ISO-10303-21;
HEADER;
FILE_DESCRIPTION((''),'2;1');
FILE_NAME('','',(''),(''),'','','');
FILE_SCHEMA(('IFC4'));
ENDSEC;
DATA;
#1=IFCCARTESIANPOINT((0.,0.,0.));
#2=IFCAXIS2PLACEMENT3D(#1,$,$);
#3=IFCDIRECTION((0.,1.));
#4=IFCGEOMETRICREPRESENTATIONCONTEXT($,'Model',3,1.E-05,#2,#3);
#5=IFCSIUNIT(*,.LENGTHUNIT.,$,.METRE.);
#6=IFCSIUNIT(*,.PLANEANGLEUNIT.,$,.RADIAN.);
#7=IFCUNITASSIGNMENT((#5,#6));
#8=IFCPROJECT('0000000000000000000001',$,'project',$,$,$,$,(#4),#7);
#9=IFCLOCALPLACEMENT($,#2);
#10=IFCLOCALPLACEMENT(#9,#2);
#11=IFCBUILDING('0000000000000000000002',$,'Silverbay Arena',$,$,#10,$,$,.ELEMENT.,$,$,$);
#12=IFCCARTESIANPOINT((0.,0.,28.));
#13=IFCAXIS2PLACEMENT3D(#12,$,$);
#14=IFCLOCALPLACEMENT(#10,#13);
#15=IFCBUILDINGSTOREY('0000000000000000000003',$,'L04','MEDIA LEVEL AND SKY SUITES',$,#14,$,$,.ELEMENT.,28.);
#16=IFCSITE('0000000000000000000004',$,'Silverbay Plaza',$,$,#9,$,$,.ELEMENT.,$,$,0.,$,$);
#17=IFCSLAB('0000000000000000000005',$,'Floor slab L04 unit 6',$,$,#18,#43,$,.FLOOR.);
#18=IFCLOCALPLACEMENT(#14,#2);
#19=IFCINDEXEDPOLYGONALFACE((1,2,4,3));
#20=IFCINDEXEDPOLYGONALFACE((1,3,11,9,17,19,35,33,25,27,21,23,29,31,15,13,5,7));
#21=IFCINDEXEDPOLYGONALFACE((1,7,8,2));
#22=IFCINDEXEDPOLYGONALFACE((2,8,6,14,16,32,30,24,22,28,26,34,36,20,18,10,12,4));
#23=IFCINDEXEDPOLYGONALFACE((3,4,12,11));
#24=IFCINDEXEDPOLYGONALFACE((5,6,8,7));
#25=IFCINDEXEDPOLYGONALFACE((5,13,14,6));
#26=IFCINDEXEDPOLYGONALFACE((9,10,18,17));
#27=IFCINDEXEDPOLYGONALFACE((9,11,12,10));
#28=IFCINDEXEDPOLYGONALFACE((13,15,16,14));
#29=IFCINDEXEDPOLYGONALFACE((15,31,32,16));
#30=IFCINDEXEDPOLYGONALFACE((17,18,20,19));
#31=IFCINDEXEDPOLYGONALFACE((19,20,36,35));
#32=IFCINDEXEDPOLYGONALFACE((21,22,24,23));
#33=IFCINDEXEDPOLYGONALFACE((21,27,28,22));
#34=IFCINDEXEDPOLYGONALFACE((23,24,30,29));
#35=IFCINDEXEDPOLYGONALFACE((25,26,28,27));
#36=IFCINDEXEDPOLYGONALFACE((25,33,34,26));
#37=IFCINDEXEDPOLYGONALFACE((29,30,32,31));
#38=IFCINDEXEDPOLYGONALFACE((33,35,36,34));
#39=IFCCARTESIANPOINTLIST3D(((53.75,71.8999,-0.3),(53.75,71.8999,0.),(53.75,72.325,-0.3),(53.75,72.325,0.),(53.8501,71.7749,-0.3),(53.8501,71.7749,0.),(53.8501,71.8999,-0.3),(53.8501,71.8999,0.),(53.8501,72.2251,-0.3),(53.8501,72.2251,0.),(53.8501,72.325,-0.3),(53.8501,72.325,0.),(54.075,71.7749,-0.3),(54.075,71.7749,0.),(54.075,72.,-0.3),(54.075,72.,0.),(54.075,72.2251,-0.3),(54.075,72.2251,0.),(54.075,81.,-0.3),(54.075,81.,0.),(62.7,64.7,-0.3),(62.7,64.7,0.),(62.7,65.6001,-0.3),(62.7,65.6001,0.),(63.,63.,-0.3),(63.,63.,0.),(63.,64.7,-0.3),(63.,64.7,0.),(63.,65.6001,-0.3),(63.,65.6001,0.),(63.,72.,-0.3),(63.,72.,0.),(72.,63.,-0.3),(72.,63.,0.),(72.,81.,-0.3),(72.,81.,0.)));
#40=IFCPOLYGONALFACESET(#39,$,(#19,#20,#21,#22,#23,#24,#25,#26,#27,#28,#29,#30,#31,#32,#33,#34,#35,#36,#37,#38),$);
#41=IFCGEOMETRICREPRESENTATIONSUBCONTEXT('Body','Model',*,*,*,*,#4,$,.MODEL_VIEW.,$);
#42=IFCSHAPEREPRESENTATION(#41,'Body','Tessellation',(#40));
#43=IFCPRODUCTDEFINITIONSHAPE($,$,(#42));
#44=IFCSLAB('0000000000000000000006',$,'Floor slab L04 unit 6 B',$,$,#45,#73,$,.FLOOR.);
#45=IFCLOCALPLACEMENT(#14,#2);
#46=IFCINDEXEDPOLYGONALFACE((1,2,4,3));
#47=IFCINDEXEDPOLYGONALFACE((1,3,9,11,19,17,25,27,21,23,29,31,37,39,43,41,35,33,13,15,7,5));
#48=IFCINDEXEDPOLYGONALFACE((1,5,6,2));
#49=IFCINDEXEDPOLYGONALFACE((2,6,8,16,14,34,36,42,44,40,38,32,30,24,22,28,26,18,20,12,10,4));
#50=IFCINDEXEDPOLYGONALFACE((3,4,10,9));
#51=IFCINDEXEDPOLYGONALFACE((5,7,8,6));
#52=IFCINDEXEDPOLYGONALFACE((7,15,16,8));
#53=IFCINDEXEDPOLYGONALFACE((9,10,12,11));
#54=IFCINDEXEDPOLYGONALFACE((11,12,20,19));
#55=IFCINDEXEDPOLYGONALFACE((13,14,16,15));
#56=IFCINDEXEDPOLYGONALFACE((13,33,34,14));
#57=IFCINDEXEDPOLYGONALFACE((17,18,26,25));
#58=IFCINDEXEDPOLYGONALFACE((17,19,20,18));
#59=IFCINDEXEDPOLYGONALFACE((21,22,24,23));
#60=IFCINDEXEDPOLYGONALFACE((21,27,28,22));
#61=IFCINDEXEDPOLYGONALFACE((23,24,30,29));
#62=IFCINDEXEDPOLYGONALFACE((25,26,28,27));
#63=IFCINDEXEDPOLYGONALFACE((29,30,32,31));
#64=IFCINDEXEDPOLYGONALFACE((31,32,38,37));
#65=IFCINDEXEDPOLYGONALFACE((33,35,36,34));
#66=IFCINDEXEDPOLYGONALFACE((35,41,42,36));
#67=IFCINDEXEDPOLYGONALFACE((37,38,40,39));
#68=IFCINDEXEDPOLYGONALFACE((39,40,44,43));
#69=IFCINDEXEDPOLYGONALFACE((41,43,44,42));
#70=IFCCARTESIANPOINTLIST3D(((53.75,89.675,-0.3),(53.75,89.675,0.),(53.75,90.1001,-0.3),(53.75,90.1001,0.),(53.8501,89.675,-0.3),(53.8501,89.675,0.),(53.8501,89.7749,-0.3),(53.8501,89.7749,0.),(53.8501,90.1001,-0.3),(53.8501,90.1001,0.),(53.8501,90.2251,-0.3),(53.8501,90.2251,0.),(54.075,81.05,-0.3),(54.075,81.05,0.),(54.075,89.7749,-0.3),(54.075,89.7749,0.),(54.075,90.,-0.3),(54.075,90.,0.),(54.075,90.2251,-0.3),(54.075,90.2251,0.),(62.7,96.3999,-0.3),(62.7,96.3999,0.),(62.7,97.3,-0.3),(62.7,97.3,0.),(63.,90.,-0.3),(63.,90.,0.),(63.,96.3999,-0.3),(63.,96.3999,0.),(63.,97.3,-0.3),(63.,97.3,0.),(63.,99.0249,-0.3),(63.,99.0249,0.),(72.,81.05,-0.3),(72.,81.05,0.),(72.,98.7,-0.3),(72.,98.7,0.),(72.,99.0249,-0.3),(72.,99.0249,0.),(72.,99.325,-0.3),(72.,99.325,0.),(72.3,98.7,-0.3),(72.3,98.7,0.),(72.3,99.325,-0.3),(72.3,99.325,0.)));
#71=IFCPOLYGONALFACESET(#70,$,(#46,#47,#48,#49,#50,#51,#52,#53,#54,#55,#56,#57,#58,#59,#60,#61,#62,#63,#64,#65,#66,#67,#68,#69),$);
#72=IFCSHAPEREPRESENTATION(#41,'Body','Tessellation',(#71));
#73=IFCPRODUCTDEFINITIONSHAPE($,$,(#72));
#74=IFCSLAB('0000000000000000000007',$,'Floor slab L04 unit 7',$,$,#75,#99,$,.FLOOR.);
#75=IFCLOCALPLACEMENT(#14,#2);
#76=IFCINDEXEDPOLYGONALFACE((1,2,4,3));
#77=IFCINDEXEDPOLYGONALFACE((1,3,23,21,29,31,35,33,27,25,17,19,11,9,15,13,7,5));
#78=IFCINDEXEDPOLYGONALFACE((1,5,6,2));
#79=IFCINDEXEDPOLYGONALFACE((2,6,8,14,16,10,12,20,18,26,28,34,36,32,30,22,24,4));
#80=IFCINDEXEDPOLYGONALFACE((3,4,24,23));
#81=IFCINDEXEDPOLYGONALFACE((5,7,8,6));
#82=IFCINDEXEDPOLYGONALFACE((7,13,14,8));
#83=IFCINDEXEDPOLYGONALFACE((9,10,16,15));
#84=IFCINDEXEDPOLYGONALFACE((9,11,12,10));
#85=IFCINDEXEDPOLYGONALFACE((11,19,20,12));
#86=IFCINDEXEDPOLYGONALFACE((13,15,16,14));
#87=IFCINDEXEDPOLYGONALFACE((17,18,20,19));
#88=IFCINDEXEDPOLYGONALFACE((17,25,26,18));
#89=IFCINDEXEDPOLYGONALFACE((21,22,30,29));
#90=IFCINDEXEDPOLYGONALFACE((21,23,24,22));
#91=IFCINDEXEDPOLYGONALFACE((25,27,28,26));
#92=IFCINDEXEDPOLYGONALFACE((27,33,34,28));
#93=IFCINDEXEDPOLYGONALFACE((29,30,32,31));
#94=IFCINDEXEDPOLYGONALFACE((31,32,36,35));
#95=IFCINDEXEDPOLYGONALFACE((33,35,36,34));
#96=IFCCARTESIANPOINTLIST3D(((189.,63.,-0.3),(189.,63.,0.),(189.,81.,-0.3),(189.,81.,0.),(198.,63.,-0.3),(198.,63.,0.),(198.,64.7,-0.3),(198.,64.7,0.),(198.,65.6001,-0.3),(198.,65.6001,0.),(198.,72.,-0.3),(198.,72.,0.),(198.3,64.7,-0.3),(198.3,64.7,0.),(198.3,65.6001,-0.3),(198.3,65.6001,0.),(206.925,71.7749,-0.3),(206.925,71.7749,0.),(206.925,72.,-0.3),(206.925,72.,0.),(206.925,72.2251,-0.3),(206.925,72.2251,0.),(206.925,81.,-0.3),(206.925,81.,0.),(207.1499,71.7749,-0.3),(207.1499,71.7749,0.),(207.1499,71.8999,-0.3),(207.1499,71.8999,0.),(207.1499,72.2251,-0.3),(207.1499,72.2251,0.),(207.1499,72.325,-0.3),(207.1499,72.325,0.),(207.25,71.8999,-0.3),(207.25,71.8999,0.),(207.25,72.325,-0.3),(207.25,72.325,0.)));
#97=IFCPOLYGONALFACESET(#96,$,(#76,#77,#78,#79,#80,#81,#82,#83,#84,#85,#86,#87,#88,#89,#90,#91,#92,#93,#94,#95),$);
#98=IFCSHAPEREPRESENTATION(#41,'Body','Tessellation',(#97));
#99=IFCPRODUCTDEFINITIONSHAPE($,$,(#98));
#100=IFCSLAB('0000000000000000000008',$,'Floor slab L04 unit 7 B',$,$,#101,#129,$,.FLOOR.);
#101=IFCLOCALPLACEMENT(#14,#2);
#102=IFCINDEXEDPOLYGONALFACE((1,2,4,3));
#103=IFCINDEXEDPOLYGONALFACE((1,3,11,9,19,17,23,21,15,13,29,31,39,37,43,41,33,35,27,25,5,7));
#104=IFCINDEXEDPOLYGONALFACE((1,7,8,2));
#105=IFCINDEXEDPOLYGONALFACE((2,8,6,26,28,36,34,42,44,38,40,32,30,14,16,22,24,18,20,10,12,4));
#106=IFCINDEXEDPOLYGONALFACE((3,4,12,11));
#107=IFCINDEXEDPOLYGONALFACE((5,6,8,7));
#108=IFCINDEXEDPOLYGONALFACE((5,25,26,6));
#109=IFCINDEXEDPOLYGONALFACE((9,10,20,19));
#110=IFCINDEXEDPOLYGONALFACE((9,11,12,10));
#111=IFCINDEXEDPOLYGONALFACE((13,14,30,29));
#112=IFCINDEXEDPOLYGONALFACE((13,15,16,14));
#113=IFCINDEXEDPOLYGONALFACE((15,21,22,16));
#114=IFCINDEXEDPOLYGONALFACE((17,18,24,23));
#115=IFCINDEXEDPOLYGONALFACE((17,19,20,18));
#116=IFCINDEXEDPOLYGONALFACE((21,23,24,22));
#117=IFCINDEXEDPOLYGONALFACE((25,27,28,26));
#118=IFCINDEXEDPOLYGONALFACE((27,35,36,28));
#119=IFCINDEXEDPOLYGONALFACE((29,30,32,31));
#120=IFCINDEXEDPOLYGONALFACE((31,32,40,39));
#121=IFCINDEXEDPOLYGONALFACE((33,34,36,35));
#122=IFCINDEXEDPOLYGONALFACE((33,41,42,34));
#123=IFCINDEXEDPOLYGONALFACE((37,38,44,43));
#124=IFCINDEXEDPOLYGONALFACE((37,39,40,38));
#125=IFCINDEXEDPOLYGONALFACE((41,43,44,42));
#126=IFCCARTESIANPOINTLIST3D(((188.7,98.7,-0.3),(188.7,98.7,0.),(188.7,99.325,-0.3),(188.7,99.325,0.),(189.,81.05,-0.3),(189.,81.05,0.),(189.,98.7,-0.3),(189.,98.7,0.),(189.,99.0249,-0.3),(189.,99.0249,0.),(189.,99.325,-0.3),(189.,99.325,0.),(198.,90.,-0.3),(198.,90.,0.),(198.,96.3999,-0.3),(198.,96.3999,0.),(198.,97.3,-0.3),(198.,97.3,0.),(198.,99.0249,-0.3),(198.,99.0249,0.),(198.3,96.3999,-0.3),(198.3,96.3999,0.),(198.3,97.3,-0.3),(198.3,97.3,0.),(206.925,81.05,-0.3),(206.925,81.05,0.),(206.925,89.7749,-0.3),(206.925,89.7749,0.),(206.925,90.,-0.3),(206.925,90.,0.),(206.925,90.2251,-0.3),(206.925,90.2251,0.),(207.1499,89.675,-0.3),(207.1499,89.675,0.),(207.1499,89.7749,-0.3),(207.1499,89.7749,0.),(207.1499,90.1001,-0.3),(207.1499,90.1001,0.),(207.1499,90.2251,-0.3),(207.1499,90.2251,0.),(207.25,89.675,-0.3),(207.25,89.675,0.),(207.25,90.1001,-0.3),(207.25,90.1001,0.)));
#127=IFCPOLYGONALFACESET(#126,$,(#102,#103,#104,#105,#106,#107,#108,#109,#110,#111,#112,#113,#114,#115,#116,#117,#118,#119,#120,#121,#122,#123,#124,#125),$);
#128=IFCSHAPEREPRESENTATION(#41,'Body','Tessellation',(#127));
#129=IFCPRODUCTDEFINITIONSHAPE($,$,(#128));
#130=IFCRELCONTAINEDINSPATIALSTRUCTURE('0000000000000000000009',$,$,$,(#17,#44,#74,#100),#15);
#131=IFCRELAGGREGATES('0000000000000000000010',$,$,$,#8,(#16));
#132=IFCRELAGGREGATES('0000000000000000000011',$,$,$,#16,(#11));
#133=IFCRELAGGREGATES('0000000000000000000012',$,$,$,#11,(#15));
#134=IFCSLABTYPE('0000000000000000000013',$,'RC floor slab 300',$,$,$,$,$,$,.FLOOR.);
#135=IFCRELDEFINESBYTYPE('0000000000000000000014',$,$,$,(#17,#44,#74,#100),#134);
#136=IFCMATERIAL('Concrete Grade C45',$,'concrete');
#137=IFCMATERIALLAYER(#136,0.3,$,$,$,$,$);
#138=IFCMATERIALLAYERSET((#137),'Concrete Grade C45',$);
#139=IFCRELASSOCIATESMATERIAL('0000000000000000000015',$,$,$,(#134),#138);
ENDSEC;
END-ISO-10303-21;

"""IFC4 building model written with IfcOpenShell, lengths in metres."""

from ifc_helpers import new_model, si_unit, direction, frame, origin, place, context, subcontext, project, spatial, polyline, outline, extrude, material, layer, layer_set, type_object, element, save


model = new_model("IFC4")

# Units and contexts
model_context = context("Model", 3, precision=1e-05, world=origin(), true_north=direction((0.0, 1.0)))
body_context = subcontext(model_context, "Body", "Model", "MODEL_VIEW")
ifc_project = project(units=[si_unit("LENGTHUNIT", "METRE"), si_unit("PLANEANGLEUNIT", "RADIAN")], contexts=[model_context])

# Site, building, storey
site_placement = place(None, origin())
site = spatial("IfcSite", under=ifc_project, at=site_placement, Name="Silverbay Plaza", CompositionType="ELEMENT", RefElevation=0.0)
building_placement = place(site_placement, origin())
building = spatial("IfcBuilding", under=site, at=building_placement, Name="Silverbay Arena", CompositionType="ELEMENT")
storey_placement = place(building_placement, frame((0.0, 0.0, 28.0)))
storey = spatial("IfcBuildingStorey", under=building, at=storey_placement, Name="L04", Description="MEDIA LEVEL AND SKY SUITES", CompositionType="ELEMENT", Elevation=28.0)

# Slabs
ifc_material_1 = material(Name="Concrete Grade C45", Category="concrete")
ifc_layer_1 = layer(ifc_material_1, 0.3)
ifc_layer_set_1 = layer_set([ifc_layer_1], Name="Concrete Grade C45")
slab_type = type_object("IfcSlabType", Name="RC floor slab 300", PredefinedType="FLOOR", material=ifc_layer_set_1)
slab_1_placement = place(storey_placement, frame((0.0, 0.0, -0.3)))
element("IfcSlab", 1, at=slab_1_placement, inside=storey, type_object=slab_type, Name="Floor slab L04 unit 6", PredefinedType="FLOOR", context=body_context, shape_type="SweptSolid", body=[
    extrude(outline(polyline([(63.0, 64.7), (62.7, 64.7), (62.7, 65.6001), (63.0, 65.6001), (63.0, 72.0), (54.075, 72.0), (54.075, 71.7749), (53.8501, 71.7749), (53.8501, 71.8999), (53.75, 71.8999), (53.75, 72.325), (53.8501, 72.325), (53.8501, 72.2251), (54.075, 72.2251), (54.075, 81.0), (72.0, 81.0), (72.0, 63.0), (63.0, 63.0), (63.0, 64.7)])), origin(), (0.0, 0.0, 1.0), 0.3),
])
slab_2_placement = place(storey_placement, frame((0.0, 0.0, -0.3)))
element("IfcSlab", 2, at=slab_2_placement, inside=storey, type_object=slab_type, Name="Floor slab L04 unit 6 B", PredefinedType="FLOOR", context=body_context, shape_type="SweptSolid", body=[
    extrude(outline(polyline([(54.075, 89.7749), (53.8501, 89.7749), (53.8501, 89.675), (53.75, 89.675), (53.75, 90.1001), (53.8501, 90.1001), (53.8501, 90.2251), (54.075, 90.2251), (54.075, 90.0), (63.0, 90.0), (63.0, 96.3999), (62.7, 96.3999), (62.7, 97.3), (63.0, 97.3), (63.0, 99.0249), (72.0, 99.0249), (72.0, 99.325), (72.3, 99.325), (72.3, 98.7), (72.0, 98.7), (72.0, 81.05), (54.075, 81.05), (54.075, 89.7749)])), origin(), (0.0, 0.0, 1.0), 0.3),
])
slab_3_placement = place(storey_placement, frame((0.0, 0.0, -0.3)))
element("IfcSlab", 3, at=slab_3_placement, inside=storey, type_object=slab_type, Name="Floor slab L04 unit 7", PredefinedType="FLOOR", context=body_context, shape_type="SweptSolid", body=[
    extrude(outline(polyline([(206.925, 72.2251), (207.1499, 72.2251), (207.1499, 72.325), (207.25, 72.325), (207.25, 71.8999), (207.1499, 71.8999), (207.1499, 71.7749), (206.925, 71.7749), (206.925, 72.0), (198.0, 72.0), (198.0, 65.6001), (198.3, 65.6001), (198.3, 64.7), (198.0, 64.7), (198.0, 63.0), (189.0, 63.0), (189.0, 81.0), (206.925, 81.0), (206.925, 72.2251)])), origin(), (0.0, 0.0, 1.0), 0.3),
])
slab_4_placement = place(storey_placement, frame((0.0, 0.0, -0.3)))
element("IfcSlab", 4, at=slab_4_placement, inside=storey, type_object=slab_type, Name="Floor slab L04 unit 7 B", PredefinedType="FLOOR", context=body_context, shape_type="SweptSolid", body=[
    extrude(outline(polyline([(188.7, 98.7), (188.7, 99.325), (189.0, 99.325), (189.0, 99.0249), (198.0, 99.0249), (198.0, 97.3), (198.3, 97.3), (198.3, 96.3999), (198.0, 96.3999), (198.0, 90.0), (206.925, 90.0), (206.925, 90.2251), (207.1499, 90.2251), (207.1499, 90.1001), (207.25, 90.1001), (207.25, 89.675), (207.1499, 89.675), (207.1499, 89.7749), (206.925, 89.7749), (206.925, 81.05), (189.0, 81.05), (189.0, 98.7), (188.7, 98.7)])), origin(), (0.0, 0.0, 1.0), 0.3),
])

save(model, "model.ifc")
